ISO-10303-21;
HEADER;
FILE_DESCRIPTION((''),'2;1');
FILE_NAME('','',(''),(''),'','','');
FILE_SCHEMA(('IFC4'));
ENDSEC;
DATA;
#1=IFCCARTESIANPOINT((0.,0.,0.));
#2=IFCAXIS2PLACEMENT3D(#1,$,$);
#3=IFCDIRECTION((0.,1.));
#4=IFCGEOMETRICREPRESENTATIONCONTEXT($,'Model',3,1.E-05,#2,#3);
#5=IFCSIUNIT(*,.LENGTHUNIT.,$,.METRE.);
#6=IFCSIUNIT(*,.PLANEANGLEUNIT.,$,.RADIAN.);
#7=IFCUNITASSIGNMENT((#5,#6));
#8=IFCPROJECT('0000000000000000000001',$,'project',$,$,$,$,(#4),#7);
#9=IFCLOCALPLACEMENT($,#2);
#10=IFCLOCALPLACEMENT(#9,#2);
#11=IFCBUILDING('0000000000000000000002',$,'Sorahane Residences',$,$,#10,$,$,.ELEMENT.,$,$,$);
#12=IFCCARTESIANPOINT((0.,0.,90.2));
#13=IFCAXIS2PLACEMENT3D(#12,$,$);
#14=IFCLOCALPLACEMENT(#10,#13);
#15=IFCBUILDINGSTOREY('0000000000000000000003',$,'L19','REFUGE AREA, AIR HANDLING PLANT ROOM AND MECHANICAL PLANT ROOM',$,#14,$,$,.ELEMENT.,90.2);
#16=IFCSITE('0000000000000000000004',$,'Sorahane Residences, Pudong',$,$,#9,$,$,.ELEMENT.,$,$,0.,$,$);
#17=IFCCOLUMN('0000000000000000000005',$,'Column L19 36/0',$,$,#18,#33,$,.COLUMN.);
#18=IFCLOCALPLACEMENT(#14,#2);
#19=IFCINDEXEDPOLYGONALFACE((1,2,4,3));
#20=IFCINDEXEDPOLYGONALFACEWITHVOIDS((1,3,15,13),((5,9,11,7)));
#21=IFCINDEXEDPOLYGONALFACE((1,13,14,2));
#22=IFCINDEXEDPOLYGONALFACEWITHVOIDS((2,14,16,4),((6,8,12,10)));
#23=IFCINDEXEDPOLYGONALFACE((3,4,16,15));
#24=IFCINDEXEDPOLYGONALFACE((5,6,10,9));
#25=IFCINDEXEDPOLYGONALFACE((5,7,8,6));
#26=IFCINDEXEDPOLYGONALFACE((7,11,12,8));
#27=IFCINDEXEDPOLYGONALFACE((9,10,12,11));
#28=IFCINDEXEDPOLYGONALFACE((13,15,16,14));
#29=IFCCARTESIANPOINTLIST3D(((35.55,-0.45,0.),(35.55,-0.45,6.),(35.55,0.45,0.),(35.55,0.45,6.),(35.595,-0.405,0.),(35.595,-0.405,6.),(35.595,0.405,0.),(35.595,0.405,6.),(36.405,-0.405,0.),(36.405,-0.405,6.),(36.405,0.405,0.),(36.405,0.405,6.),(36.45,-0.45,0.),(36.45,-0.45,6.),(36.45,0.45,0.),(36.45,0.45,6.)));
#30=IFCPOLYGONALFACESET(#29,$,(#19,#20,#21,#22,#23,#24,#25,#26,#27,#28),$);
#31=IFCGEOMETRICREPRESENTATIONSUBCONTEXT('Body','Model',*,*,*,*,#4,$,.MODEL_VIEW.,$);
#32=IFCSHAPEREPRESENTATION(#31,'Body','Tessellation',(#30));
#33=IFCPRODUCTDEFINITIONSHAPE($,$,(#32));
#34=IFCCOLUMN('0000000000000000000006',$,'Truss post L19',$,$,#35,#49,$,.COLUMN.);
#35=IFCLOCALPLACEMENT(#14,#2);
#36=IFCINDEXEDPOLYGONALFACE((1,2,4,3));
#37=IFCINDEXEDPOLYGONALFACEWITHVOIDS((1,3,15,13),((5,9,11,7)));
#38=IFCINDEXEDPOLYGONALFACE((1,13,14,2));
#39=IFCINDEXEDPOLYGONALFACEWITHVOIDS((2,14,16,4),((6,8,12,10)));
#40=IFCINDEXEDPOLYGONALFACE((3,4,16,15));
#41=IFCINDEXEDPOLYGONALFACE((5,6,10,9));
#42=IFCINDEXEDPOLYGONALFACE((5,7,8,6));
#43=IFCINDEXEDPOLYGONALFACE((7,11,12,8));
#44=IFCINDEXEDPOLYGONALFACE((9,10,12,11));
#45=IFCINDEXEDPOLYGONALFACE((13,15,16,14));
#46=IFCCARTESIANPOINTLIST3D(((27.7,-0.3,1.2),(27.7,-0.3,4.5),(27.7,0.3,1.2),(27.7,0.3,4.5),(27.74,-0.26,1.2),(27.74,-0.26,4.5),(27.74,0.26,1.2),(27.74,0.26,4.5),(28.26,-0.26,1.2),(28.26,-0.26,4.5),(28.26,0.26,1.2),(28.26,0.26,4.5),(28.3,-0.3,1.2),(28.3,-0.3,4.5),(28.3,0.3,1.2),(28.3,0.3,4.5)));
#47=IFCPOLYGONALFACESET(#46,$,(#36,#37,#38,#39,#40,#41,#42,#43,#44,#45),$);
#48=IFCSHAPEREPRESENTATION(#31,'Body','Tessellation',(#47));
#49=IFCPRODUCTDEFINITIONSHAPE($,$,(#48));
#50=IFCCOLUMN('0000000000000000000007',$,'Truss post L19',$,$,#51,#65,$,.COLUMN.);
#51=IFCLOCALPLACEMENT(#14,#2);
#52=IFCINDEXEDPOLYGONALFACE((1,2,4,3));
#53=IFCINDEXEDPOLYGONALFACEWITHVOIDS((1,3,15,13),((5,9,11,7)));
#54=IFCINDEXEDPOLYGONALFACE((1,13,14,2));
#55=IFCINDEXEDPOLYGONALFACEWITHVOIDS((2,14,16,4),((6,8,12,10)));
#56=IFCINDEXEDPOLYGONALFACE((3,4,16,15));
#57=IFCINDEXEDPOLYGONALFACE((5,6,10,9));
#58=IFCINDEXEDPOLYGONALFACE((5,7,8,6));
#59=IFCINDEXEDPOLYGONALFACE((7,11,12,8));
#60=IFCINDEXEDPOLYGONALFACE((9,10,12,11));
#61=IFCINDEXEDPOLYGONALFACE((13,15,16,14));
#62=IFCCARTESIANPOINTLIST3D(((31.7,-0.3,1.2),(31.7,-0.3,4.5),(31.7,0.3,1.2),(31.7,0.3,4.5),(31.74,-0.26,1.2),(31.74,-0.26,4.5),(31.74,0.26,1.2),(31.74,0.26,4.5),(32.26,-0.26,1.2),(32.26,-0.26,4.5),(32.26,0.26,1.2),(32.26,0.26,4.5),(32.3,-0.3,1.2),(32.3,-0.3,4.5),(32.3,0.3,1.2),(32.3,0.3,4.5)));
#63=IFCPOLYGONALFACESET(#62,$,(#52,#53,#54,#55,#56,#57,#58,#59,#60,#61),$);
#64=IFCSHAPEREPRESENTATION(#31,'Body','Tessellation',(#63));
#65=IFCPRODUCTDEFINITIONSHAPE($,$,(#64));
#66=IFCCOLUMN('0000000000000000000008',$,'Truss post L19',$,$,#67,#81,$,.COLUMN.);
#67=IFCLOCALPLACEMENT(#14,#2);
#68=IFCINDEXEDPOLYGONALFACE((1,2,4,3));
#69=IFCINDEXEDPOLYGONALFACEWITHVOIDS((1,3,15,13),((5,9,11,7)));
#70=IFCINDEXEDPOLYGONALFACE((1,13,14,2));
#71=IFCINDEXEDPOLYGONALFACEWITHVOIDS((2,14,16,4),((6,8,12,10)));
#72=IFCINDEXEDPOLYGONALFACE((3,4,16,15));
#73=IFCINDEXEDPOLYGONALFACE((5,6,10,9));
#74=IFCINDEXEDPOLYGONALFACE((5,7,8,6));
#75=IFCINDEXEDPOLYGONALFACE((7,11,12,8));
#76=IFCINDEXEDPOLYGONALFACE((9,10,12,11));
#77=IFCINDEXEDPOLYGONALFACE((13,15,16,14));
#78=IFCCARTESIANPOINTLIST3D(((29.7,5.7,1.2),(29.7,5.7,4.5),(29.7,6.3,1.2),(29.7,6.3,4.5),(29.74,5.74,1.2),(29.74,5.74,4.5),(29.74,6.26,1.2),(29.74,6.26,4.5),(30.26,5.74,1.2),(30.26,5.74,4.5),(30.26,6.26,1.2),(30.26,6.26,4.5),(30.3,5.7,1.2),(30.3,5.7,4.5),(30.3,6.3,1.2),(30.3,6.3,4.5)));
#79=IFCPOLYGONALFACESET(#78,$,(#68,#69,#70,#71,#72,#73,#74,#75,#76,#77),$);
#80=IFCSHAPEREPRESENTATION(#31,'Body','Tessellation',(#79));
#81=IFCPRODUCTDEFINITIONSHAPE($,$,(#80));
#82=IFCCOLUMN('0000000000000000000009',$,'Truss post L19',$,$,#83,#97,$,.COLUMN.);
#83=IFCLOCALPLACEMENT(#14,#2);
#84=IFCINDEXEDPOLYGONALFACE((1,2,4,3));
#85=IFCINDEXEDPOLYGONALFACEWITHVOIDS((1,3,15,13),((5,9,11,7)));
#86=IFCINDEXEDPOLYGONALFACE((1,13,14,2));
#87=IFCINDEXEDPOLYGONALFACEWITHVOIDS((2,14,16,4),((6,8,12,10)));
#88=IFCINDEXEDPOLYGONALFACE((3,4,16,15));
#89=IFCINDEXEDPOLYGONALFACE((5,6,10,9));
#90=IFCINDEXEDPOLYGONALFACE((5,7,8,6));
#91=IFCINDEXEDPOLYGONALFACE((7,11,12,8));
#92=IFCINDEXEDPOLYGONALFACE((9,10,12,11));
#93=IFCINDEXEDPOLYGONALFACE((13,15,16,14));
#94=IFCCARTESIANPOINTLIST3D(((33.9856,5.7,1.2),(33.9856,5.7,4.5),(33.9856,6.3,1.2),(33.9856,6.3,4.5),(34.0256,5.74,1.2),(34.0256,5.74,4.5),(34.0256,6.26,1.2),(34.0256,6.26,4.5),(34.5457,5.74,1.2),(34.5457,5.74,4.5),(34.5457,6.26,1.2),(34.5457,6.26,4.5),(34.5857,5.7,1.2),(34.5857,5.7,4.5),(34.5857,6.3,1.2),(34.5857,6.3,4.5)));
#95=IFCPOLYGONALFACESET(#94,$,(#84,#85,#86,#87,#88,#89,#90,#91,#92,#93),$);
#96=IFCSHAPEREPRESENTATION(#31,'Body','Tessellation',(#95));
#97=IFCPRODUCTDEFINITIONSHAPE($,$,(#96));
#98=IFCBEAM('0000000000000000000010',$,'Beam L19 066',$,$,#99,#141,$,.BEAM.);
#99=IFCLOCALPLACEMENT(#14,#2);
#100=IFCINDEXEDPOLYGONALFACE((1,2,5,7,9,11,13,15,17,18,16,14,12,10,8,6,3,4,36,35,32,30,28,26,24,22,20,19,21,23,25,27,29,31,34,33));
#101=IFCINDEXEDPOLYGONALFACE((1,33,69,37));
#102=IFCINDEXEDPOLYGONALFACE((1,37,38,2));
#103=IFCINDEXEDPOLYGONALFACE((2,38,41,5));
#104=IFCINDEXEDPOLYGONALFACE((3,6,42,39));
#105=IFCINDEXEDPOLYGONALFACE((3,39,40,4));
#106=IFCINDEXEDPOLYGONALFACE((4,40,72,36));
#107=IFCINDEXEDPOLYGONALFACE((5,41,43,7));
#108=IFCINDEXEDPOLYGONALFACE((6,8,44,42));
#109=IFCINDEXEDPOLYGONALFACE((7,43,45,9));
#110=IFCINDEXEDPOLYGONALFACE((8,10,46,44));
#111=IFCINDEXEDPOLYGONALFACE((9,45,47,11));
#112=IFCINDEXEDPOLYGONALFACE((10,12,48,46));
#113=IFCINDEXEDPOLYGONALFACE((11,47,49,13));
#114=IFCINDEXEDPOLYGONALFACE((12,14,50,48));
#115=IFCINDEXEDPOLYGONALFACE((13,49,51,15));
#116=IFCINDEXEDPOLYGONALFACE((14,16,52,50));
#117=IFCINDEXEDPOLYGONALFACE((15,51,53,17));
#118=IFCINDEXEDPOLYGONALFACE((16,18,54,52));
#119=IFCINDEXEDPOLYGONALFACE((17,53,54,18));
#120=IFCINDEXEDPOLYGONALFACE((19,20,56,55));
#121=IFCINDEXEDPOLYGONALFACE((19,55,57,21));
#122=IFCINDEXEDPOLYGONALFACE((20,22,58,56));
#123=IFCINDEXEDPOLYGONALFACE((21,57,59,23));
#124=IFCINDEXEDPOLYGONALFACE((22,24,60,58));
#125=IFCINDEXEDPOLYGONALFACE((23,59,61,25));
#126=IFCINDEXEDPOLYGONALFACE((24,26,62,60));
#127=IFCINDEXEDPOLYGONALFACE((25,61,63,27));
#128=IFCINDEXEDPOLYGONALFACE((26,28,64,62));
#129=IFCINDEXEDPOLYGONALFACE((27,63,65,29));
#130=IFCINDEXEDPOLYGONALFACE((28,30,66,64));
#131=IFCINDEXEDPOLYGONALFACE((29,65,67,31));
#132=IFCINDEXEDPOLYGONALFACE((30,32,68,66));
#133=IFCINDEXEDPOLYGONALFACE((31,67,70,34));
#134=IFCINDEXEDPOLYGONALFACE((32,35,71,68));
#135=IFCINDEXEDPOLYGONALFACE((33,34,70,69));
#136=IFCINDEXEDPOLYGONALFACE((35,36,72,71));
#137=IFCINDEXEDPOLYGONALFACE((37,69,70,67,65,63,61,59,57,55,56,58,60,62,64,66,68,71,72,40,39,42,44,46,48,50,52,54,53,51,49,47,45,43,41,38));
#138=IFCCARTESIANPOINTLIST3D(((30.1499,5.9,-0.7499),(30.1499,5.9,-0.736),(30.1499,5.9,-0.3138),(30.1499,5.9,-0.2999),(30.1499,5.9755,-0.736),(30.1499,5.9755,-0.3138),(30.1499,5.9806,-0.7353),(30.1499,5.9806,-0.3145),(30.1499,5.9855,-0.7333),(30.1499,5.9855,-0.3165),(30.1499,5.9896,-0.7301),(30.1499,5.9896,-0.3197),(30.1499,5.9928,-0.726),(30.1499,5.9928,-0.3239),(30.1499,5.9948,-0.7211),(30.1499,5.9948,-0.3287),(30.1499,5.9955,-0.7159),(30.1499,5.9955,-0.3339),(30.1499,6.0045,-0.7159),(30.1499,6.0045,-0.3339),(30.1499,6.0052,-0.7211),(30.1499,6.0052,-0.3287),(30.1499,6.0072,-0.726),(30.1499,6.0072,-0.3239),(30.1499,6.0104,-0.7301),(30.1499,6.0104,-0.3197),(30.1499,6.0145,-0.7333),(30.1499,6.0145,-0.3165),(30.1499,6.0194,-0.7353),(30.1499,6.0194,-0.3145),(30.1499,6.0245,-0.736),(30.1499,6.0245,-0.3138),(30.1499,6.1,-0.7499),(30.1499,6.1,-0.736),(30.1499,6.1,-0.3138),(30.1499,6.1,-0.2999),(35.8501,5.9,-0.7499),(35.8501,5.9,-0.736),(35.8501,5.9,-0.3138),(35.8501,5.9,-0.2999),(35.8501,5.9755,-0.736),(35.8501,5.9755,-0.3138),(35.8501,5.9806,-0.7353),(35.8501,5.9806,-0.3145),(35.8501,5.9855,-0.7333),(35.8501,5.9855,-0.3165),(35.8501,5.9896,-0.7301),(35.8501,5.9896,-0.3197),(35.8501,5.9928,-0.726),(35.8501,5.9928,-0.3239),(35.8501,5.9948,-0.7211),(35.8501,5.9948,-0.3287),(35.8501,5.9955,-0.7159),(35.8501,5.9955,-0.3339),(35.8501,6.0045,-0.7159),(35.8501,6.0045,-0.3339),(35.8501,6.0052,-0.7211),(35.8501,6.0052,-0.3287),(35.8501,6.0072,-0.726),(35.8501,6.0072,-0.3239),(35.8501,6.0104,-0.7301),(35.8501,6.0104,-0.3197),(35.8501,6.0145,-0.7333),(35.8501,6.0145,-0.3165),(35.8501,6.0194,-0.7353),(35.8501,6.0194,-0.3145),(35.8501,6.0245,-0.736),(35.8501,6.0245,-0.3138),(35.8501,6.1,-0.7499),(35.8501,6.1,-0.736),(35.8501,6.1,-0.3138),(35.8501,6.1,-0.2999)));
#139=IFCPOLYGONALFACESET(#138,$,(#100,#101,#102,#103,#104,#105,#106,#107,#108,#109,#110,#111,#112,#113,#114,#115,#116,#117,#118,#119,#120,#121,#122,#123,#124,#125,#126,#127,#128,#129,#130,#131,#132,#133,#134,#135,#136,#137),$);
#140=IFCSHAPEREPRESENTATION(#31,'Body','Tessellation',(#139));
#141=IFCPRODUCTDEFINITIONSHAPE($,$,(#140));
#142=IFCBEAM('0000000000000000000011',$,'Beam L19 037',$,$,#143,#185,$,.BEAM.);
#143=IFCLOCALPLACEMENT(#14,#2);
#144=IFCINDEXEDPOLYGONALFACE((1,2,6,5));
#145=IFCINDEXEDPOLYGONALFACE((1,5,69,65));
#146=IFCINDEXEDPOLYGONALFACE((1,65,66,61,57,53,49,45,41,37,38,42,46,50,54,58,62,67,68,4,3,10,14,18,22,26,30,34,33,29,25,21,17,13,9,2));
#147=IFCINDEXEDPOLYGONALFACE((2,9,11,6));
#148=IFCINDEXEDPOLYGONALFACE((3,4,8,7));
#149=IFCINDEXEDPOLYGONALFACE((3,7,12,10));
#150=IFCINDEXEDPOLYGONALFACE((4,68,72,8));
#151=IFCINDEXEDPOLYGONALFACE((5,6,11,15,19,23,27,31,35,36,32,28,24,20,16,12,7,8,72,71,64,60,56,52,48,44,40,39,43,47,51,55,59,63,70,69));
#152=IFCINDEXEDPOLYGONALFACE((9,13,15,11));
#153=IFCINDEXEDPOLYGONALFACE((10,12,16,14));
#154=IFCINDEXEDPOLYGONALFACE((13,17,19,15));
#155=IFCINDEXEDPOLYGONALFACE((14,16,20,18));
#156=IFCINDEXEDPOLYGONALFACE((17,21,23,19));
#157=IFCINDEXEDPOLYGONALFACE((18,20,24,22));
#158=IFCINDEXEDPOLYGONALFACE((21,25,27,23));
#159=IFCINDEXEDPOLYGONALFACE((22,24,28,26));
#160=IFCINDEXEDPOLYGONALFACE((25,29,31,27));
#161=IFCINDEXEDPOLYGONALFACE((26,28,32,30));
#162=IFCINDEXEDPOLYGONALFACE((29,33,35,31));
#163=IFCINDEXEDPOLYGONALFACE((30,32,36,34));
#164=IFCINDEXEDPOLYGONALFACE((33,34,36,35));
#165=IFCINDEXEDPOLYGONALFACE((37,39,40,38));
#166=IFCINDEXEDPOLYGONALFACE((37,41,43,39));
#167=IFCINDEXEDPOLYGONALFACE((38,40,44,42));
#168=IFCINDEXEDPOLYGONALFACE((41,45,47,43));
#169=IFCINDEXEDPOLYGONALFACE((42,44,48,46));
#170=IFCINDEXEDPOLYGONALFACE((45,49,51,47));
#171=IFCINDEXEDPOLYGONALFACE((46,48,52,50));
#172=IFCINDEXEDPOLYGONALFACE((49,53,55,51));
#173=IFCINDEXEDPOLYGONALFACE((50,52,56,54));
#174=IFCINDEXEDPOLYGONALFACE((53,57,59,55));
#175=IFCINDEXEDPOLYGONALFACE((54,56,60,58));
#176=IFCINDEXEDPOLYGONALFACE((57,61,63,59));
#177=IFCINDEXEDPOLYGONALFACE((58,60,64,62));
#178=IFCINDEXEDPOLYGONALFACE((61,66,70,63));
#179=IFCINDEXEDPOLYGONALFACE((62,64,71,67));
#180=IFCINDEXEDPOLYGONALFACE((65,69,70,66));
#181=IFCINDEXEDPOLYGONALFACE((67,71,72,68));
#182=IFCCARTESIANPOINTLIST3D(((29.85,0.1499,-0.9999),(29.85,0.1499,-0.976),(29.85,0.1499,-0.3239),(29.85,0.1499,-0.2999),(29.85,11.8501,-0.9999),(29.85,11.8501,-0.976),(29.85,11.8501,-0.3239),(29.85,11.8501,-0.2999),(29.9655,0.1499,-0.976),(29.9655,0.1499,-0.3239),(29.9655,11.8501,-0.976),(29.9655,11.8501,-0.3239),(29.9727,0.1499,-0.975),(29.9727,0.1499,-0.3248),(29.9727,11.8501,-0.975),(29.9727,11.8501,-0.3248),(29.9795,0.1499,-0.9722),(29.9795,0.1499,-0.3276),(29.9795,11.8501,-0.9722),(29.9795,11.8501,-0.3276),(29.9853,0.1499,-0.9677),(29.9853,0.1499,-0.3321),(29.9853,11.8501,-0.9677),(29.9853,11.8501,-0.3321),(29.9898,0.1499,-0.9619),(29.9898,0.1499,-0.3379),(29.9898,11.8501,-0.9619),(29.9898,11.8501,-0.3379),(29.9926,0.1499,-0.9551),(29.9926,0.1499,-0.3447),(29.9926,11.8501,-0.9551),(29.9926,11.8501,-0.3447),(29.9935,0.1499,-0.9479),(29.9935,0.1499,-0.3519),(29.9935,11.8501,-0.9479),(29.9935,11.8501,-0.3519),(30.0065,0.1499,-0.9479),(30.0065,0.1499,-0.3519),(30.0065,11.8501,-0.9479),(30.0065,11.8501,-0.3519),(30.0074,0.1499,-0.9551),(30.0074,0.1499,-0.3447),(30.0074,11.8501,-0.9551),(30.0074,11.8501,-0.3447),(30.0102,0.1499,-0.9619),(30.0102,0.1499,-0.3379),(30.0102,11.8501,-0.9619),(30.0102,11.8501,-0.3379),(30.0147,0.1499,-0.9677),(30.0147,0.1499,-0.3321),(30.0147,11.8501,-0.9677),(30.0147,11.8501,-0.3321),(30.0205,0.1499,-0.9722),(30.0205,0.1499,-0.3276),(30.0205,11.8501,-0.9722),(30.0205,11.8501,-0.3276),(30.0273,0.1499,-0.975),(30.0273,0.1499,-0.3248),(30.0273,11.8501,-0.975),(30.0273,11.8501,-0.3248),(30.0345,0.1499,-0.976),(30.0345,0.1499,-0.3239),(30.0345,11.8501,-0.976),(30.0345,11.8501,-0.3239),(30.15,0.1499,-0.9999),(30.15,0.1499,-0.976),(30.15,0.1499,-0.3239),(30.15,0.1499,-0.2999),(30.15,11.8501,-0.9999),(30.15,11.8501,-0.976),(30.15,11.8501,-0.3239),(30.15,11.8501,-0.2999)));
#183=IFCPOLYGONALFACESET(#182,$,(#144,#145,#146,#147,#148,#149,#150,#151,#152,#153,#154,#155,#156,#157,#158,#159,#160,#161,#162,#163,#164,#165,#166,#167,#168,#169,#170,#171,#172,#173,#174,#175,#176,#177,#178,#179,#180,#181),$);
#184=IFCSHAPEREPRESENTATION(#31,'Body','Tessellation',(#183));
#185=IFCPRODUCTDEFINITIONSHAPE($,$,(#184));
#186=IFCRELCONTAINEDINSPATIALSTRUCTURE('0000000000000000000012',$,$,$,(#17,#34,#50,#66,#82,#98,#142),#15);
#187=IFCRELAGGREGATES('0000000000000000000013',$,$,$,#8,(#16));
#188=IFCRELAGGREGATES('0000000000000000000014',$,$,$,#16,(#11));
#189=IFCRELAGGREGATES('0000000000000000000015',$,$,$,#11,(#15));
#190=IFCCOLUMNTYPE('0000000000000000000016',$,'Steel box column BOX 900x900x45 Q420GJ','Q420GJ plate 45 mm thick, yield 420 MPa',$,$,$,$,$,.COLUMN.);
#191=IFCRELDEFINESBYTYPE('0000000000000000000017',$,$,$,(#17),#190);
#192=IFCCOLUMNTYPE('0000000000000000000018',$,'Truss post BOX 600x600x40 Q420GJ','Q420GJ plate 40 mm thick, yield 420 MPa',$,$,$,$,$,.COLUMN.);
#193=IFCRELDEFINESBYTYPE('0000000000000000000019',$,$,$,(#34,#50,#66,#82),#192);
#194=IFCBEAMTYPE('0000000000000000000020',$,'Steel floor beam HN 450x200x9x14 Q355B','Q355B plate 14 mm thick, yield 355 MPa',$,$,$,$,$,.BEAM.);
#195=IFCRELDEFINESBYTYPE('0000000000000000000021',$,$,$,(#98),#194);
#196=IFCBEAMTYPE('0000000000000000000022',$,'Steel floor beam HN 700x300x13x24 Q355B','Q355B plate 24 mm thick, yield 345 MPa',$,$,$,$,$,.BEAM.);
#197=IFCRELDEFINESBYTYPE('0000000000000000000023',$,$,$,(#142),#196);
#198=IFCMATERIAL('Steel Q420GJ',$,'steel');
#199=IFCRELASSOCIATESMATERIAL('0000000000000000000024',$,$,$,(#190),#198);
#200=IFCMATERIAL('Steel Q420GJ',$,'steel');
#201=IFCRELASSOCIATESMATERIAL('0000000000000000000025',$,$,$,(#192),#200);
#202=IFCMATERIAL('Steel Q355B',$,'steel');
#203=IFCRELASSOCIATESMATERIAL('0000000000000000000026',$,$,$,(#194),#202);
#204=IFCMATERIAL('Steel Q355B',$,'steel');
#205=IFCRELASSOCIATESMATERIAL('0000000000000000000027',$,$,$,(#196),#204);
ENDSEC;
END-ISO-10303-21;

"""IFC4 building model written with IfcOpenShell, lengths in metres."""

from ifc_helpers import new_model, si_unit, direction, frame, origin, origin_2d, place, context, subcontext, project, spatial, hollow_rectangle, i_section, extrude, material, material_profile, profile_set, type_object, element, save


model = new_model("IFC4")

# Units and contexts
model_context = context("Model", 3, precision=1e-05, world=origin(), true_north=direction((0.0, 1.0)))
body_context = subcontext(model_context, "Body", "Model", "MODEL_VIEW")
ifc_project = project(units=[si_unit("LENGTHUNIT", "METRE"), si_unit("PLANEANGLEUNIT", "RADIAN")], contexts=[model_context])

# Site, building, storey
site_placement = place(None, origin())
site = spatial("IfcSite", under=ifc_project, at=site_placement, Name="Sorahane Residences, Pudong", CompositionType="ELEMENT", RefElevation=0.0)
building_placement = place(site_placement, origin())
building = spatial("IfcBuilding", under=site, at=building_placement, Name="Sorahane Residences", CompositionType="ELEMENT")
storey_placement = place(building_placement, frame((0.0, 0.0, 90.2)))
storey = spatial("IfcBuildingStorey", under=building, at=storey_placement, Name="L19", Description="REFUGE AREA, AIR HANDLING PLANT ROOM AND MECHANICAL PLANT ROOM", CompositionType="ELEMENT", Elevation=90.2)

# Columns
ifc_material_1 = material(Name="Steel Q420GJ", Category="steel")
ifc_material_profile_1 = material_profile(ifc_material_1, hollow_rectangle(XDim=0.8999, YDim=0.8999, WallThickness=0.0449, at=origin_2d()), Name="BOX 900x900x45")
ifc_profile_set_1 = profile_set([ifc_material_profile_1], Name="Steel Q420GJ")
column_type_1 = type_object("IfcColumnType", Name="Steel box column BOX 900x900x45 Q420GJ", Description="Q420GJ plate 45 mm thick, yield 420 MPa", PredefinedType="COLUMN", material=ifc_profile_set_1)
column_placement = place(storey_placement, frame((36.0, 0.0, 0.0), z_axis=(0.0, 0.0, 1.0), x_axis=(1.0, 0.0, 0.0)))
element("IfcColumn", 1, at=column_placement, inside=storey, type_object=column_type_1, Name="Column L19 36/0", PredefinedType="COLUMN", context=body_context, shape_type="SweptSolid", body=[
    extrude(hollow_rectangle(XDim=0.8999, YDim=0.8999, WallThickness=0.0449, at=origin_2d()), origin(), (0.0, 0.0, 1.0), 6.0),
])
ifc_material_2 = material(Name="Steel Q420GJ", Category="steel")
ifc_material_profile_2 = material_profile(ifc_material_2, hollow_rectangle(XDim=0.6001, YDim=0.6001, WallThickness=0.04, at=origin_2d()), Name="BOX 600x600x40")
ifc_profile_set_2 = profile_set([ifc_material_profile_2], Name="Steel Q420GJ")
column_type_2 = type_object("IfcColumnType", Name="Truss post BOX 600x600x40 Q420GJ", Description="Q420GJ plate 40 mm thick, yield 420 MPa", PredefinedType="COLUMN", material=ifc_profile_set_2)
for number, where, z_axis, x_axis, name in (
    (2, (28.0, 0.0, 1.2), (0.0, 0.0, 1.0), (1.0, 0.0, 0.0), "Truss post L19"),
    (3, (32.0, 0.0, 1.2), (0.0, 0.0, 1.0), (1.0, 0.0, 0.0), "Truss post L19"),
    (4, (30.0, 6.0, 1.2), (0.0, 0.0, 1.0), (1.0, 0.0, 0.0), "Truss post L19"),
    (5, (34.2856, 6.0, 1.2), (0.0, 0.0, 1.0), (1.0, 0.0, 0.0), "Truss post L19"),
):
    element("IfcColumn", number, at=place(storey_placement, frame(where, z_axis=z_axis, x_axis=x_axis)), inside=storey, type_object=column_type_2, Name=name, PredefinedType="COLUMN", context=body_context, shape_type="SweptSolid", body=[
        extrude(hollow_rectangle(XDim=0.6001, YDim=0.6001, WallThickness=0.04, at=origin_2d()), origin(), (0.0, 0.0, 1.0), 3.3),
    ])

# Beams
ifc_material_3 = material(Name="Steel Q355B", Category="steel")
ifc_material_profile_3 = material_profile(ifc_material_3, i_section(OverallWidth=0.2, OverallDepth=0.45, WebThickness=0.009, FlangeThickness=0.0139, FilletRadius=0.02, at=origin_2d()), Name="HN 450x200x9x14")
ifc_profile_set_3 = profile_set([ifc_material_profile_3], Name="Steel Q355B")
beam_type_1 = type_object("IfcBeamType", Name="Steel floor beam HN 450x200x9x14 Q355B", Description="Q355B plate 14 mm thick, yield 355 MPa", PredefinedType="BEAM", material=ifc_profile_set_3)
beam_1_placement = place(storey_placement, frame((30.1499, 6.0, -0.5249), z_axis=(1.0, 0.0, 0.0), x_axis=(0.0, 1.0, 0.0)))
element("IfcBeam", 6, at=beam_1_placement, inside=storey, type_object=beam_type_1, Name="Beam L19 066", PredefinedType="BEAM", context=body_context, shape_type="SweptSolid", body=[
    extrude(i_section(OverallWidth=0.2, OverallDepth=0.45, WebThickness=0.009, FlangeThickness=0.0139, FilletRadius=0.02, at=origin_2d()), origin(), (0.0, 0.0, 1.0), 5.7002),
])
ifc_material_4 = material(Name="Steel Q355B", Category="steel")
ifc_material_profile_4 = material_profile(ifc_material_4, i_section(OverallWidth=0.3, OverallDepth=0.7, WebThickness=0.0129, FlangeThickness=0.0239, FilletRadius=0.0281, at=origin_2d()), Name="HN 700x300x13x24")
ifc_profile_set_4 = profile_set([ifc_material_profile_4], Name="Steel Q355B")
beam_type_2 = type_object("IfcBeamType", Name="Steel floor beam HN 700x300x13x24 Q355B", Description="Q355B plate 24 mm thick, yield 345 MPa", PredefinedType="BEAM", material=ifc_profile_set_4)
beam_2_placement = place(storey_placement, frame((30.0, 0.1499, -0.6499), z_axis=(0.0, 1.0, 0.0), x_axis=(-1.0, 0.0, 0.0)))
element("IfcBeam", 7, at=beam_2_placement, inside=storey, type_object=beam_type_2, Name="Beam L19 037", PredefinedType="BEAM", context=body_context, shape_type="SweptSolid", body=[
    extrude(i_section(OverallWidth=0.3, OverallDepth=0.7, WebThickness=0.0129, FlangeThickness=0.0239, FilletRadius=0.0281, at=origin_2d()), origin(), (0.0, 0.0, 1.0), 11.7002),
])

save(model, "model.ifc")
